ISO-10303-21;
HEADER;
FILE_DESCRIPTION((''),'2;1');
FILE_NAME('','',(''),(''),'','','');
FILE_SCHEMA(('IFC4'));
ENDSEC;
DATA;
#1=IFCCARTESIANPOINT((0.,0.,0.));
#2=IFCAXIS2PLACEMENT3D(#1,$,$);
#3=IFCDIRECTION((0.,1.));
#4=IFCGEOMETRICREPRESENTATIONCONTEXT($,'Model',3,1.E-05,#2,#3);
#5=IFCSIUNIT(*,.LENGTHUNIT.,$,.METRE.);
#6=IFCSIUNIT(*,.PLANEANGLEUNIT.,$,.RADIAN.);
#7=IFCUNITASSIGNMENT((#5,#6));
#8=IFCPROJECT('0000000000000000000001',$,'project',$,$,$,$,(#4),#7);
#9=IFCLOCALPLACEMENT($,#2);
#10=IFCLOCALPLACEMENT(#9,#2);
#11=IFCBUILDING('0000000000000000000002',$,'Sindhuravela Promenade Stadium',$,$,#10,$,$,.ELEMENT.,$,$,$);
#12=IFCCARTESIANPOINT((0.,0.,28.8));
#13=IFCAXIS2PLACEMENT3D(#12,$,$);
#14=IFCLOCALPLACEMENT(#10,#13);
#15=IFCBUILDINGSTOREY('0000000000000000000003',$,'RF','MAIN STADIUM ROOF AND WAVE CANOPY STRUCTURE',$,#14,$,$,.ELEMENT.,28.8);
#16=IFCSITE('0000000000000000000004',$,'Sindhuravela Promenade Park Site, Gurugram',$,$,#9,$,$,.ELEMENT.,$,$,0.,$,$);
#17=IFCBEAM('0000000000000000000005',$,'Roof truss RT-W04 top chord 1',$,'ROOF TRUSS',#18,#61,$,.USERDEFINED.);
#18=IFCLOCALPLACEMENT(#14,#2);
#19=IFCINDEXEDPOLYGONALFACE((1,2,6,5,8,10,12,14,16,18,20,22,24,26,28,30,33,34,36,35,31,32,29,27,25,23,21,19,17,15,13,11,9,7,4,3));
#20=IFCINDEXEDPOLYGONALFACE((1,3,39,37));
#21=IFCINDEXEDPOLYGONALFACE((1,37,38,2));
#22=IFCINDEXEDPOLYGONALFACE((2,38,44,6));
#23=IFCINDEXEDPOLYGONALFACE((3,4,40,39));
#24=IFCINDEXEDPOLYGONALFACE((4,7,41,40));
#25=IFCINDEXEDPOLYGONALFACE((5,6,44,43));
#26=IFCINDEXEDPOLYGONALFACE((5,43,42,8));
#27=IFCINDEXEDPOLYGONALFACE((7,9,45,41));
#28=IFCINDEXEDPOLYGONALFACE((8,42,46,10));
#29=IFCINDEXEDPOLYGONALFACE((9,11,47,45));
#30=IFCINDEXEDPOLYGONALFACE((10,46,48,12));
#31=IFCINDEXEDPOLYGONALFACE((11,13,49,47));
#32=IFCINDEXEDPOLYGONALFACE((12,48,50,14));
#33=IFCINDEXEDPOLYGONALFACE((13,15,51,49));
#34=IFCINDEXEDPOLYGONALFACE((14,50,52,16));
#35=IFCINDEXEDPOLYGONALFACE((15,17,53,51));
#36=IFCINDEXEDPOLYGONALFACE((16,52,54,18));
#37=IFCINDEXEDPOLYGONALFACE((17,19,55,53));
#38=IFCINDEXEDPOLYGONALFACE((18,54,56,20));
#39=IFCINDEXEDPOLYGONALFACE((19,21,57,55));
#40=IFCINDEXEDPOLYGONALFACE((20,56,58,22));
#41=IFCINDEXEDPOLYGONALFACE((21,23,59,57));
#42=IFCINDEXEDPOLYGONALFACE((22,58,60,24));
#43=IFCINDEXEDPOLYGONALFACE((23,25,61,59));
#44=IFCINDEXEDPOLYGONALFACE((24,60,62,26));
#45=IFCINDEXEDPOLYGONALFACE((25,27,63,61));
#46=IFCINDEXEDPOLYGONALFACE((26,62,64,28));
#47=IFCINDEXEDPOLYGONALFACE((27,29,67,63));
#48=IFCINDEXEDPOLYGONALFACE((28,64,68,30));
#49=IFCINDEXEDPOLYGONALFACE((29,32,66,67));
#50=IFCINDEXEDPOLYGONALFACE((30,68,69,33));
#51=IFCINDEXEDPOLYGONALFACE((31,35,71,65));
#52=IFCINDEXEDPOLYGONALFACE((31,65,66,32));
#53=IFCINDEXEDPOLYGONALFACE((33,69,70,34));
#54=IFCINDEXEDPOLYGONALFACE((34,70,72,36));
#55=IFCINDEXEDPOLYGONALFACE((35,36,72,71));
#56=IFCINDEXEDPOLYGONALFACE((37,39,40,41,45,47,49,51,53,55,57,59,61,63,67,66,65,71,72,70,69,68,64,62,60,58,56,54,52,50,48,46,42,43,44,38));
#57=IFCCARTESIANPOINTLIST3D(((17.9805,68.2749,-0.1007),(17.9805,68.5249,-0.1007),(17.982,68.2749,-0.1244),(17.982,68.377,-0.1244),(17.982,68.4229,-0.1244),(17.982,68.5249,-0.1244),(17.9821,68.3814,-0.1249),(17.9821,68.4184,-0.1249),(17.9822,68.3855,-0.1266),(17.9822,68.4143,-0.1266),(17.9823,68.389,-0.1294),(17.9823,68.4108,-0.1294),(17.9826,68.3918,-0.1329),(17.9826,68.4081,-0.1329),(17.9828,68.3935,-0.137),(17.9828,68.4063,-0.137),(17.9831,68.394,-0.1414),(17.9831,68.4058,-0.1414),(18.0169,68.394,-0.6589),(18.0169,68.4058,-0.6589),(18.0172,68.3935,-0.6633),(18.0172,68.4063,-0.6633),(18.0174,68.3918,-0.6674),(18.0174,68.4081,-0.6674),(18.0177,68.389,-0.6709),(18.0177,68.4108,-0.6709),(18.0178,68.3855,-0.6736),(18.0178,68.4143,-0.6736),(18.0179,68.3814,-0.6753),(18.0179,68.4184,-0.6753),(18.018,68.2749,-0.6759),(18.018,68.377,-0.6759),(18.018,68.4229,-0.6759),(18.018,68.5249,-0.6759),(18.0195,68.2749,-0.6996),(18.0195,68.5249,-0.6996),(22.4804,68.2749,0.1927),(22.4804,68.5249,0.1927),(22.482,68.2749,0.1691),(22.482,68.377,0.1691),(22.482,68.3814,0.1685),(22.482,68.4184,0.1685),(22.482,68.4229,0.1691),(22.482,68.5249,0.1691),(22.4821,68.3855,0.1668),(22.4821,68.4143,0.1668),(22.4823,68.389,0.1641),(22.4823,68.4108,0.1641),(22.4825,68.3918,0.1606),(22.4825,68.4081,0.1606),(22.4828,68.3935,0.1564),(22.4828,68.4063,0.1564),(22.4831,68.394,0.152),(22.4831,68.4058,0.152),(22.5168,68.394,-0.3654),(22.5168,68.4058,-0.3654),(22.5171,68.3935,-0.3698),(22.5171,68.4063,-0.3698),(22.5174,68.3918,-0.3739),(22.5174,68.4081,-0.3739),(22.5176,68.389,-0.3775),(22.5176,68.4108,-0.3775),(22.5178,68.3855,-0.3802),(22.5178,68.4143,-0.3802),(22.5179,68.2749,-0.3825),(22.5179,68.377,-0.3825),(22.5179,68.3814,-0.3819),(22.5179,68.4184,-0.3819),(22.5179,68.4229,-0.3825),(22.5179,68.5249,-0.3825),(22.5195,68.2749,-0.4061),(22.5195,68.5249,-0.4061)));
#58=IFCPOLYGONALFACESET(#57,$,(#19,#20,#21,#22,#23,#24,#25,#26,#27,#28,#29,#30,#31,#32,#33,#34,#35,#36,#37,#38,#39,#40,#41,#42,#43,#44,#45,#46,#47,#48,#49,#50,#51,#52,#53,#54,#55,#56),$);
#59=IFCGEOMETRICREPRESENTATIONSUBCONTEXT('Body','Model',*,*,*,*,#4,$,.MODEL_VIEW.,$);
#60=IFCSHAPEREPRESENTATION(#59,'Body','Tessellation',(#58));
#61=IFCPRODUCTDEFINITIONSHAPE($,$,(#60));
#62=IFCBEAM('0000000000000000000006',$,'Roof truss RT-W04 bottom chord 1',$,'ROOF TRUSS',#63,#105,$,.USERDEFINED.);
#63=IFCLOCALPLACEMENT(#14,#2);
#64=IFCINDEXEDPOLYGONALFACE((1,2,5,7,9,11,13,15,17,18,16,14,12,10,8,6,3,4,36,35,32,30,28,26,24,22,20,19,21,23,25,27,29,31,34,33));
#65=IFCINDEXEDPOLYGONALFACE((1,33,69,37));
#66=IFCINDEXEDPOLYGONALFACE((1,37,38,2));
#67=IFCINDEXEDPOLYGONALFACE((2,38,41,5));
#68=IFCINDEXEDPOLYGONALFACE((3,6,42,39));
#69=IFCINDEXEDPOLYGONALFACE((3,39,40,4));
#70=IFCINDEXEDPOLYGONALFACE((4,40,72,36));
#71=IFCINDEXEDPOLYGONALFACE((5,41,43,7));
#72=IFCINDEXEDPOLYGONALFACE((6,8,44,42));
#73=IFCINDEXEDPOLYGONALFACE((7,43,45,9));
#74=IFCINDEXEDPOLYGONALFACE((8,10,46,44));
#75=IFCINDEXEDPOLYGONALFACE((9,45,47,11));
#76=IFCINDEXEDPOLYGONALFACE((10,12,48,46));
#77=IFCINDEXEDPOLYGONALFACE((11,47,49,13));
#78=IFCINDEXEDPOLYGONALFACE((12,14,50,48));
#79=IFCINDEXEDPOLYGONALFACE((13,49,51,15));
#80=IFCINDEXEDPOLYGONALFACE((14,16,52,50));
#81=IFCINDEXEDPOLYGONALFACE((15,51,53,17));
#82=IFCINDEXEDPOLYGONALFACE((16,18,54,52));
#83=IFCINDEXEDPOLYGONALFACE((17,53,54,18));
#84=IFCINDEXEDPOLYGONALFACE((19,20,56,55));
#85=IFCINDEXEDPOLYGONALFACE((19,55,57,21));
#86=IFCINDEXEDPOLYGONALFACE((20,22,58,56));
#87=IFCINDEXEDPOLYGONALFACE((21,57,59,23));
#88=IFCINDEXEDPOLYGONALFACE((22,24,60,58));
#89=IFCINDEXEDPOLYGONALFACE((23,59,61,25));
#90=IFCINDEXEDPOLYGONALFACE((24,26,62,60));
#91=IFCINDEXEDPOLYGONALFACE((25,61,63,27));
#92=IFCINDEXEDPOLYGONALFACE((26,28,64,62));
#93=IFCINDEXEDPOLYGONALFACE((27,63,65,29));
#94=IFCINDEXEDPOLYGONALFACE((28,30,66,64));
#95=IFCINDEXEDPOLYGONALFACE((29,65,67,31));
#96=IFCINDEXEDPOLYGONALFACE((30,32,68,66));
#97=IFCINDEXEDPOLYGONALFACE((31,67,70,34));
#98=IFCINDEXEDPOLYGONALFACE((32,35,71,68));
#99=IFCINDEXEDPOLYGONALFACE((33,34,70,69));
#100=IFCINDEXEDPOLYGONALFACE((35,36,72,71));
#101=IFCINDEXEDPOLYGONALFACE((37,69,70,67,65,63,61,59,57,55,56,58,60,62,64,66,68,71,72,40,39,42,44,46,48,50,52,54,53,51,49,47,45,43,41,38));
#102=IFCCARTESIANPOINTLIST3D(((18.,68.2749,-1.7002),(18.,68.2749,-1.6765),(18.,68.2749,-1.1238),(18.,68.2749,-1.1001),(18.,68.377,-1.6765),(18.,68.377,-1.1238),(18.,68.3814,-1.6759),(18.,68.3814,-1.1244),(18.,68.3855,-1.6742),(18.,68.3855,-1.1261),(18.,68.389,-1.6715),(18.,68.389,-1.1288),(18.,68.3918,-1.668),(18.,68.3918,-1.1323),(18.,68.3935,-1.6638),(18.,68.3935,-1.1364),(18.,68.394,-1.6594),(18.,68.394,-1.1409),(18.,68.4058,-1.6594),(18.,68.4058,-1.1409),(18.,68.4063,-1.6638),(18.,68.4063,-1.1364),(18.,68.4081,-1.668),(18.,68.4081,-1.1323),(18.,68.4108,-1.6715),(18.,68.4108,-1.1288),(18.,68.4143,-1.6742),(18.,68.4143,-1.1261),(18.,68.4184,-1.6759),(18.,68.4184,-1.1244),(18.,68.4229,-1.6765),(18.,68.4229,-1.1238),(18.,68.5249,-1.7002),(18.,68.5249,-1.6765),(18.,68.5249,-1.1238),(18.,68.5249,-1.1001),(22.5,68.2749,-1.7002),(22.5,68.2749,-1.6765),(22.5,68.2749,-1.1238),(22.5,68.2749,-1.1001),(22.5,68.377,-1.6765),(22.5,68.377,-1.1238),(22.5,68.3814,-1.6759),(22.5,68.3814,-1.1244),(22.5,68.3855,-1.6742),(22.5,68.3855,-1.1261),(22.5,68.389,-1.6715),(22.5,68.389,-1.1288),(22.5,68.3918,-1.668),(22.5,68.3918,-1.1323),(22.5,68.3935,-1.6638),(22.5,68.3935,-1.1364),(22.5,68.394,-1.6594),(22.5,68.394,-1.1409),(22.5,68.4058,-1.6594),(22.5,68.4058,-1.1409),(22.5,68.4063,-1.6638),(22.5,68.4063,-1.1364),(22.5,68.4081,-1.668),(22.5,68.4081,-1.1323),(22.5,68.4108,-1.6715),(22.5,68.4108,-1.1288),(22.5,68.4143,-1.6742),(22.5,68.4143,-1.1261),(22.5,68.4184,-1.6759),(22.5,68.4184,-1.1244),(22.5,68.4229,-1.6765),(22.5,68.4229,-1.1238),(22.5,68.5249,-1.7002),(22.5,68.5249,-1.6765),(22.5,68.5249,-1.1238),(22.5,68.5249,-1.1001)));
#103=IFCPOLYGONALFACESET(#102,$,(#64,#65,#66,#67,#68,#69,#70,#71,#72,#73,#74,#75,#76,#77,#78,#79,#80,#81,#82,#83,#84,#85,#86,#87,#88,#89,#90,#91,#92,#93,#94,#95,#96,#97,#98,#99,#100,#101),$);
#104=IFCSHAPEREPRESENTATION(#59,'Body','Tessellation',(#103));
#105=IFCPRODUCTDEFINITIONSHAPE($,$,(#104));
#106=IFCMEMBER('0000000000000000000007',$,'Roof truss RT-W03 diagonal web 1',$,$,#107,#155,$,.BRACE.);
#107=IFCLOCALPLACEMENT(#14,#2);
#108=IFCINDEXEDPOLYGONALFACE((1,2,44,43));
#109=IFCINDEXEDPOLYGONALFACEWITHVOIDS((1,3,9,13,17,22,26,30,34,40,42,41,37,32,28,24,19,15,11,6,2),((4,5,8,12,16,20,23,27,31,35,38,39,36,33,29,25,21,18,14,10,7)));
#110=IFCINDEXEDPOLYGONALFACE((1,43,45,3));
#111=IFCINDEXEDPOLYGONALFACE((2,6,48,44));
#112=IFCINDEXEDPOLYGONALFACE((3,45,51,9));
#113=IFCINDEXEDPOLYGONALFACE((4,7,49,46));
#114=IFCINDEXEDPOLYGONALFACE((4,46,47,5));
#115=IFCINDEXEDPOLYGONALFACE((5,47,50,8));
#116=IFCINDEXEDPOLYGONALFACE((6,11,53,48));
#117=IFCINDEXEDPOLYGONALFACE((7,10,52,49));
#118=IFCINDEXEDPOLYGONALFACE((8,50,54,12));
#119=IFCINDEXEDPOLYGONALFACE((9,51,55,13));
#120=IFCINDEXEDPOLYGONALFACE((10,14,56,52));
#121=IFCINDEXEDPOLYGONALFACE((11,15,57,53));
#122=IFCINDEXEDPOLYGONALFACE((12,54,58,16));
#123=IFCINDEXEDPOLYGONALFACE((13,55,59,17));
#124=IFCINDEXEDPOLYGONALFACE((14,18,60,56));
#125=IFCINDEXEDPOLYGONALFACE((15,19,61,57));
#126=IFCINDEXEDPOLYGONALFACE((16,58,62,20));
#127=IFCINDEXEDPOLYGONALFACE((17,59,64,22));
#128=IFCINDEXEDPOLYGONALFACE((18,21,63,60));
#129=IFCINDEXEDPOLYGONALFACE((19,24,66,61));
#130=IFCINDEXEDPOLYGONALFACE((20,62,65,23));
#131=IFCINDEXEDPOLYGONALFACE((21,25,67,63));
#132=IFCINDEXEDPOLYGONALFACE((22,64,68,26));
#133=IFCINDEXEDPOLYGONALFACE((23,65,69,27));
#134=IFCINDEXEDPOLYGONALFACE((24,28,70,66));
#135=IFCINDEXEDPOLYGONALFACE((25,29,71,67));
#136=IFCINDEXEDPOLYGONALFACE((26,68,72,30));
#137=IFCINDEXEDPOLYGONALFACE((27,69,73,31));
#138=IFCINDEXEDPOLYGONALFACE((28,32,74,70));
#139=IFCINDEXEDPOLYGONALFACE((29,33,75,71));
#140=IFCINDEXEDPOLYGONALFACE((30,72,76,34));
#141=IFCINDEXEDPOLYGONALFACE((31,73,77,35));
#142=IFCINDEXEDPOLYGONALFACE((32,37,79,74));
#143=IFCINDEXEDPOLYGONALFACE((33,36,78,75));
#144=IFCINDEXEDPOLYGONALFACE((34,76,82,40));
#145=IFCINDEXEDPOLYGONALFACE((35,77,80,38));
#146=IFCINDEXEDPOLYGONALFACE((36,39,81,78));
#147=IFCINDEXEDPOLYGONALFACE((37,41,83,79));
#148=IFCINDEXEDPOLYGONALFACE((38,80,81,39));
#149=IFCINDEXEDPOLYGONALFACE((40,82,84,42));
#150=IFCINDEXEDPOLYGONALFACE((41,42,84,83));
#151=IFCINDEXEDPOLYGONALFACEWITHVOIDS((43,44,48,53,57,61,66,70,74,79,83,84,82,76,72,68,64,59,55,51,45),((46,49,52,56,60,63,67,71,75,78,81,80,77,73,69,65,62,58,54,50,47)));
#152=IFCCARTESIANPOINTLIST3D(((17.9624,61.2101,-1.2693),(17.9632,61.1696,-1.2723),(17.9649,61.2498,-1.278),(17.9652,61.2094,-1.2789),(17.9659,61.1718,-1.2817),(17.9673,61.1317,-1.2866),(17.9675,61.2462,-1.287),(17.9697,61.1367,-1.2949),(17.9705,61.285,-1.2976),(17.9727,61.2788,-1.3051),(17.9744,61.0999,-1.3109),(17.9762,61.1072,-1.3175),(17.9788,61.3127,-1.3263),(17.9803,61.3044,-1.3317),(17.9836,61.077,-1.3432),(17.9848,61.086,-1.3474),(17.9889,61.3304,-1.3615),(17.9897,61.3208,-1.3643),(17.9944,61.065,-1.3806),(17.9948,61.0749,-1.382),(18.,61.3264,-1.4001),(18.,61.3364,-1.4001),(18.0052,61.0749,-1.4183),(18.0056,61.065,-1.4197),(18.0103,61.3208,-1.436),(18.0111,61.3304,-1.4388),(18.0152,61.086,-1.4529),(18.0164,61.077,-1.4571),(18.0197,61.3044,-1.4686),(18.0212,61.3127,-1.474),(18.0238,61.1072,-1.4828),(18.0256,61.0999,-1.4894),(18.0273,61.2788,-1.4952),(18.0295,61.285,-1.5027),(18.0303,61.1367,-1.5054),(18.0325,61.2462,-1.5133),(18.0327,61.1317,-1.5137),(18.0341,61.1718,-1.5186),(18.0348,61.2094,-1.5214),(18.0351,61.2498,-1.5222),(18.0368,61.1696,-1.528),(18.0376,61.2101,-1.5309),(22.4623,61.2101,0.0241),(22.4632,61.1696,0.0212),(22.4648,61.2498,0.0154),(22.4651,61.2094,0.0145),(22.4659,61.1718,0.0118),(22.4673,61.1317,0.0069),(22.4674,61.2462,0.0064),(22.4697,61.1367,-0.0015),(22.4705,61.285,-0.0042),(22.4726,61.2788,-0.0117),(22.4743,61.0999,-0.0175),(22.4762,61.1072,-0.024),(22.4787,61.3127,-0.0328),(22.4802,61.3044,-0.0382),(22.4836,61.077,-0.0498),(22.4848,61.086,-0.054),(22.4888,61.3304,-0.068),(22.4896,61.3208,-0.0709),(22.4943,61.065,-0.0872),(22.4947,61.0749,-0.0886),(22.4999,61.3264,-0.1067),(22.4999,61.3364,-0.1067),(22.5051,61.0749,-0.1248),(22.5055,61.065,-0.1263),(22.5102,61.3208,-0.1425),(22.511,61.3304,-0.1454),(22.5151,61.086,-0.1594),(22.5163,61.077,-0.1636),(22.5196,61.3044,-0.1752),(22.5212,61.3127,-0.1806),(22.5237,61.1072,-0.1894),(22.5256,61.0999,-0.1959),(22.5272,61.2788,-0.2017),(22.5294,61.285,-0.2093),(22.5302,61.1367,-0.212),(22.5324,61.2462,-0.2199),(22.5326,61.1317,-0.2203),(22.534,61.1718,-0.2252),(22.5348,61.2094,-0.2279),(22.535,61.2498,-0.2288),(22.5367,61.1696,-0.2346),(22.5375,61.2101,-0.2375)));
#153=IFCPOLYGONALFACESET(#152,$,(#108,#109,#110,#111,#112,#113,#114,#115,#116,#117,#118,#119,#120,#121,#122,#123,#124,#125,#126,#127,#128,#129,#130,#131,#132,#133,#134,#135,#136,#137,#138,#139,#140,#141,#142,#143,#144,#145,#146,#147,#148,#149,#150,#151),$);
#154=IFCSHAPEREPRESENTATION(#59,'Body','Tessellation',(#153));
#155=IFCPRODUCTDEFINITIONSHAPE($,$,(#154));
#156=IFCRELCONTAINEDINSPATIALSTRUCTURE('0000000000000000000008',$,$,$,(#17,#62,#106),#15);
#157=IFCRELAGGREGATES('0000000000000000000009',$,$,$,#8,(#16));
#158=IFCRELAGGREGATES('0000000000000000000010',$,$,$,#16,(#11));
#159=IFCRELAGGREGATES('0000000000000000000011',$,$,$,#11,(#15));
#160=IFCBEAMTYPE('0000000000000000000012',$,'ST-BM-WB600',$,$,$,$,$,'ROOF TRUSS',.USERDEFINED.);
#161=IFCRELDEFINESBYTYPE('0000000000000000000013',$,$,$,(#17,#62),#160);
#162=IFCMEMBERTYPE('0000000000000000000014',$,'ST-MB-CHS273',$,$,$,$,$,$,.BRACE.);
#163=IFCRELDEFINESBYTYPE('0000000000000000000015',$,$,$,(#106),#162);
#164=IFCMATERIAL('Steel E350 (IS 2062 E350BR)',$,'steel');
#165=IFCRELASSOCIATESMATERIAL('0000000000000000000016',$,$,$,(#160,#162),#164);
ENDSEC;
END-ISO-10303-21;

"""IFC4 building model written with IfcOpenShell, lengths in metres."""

from ifc_helpers import new_model, si_unit, direction, frame, origin, origin_2d, place, context, subcontext, project, spatial, hollow_circle, i_section, extrude, material, material_profile, profile_set, type_object, element, save


model = new_model("IFC4")

# Units and contexts
model_context = context("Model", 3, precision=1e-05, world=origin(), true_north=direction((0.0, 1.0)))
body_context = subcontext(model_context, "Body", "Model", "MODEL_VIEW")
ifc_project = project(units=[si_unit("LENGTHUNIT", "METRE"), si_unit("PLANEANGLEUNIT", "RADIAN")], contexts=[model_context])

# Site, building, storey
site_placement = place(None, origin())
site = spatial("IfcSite", under=ifc_project, at=site_placement, Name="Sindhuravela Promenade Park Site, Gurugram", CompositionType="ELEMENT", RefElevation=0.0)
building_placement = place(site_placement, origin())
building = spatial("IfcBuilding", under=site, at=building_placement, Name="Sindhuravela Promenade Stadium", CompositionType="ELEMENT")
storey_placement = place(building_placement, frame((0.0, 0.0, 28.8)))
storey = spatial("IfcBuildingStorey", under=building, at=storey_placement, Name="RF", Description="MAIN STADIUM ROOF AND WAVE CANOPY STRUCTURE", CompositionType="ELEMENT", Elevation=28.8)

# Beams
ifc_material_1 = material(Name="Steel E350 (IS 2062 E350BR)", Category="steel")
ifc_material_profile_1 = material_profile(ifc_material_1, i_section(OverallWidth=0.25, OverallDepth=0.6001, WebThickness=0.0117, FlangeThickness=0.0237, FilletRadius=0.0171, at=origin_2d()), Name="ISWB 600")
ifc_profile_set_1 = profile_set([ifc_material_profile_1], Name="Steel E350 (IS 2062 E350BR)")
beam_type_1 = type_object("IfcBeamType", Name="ST-BM-WB600", ElementType="ROOF TRUSS", PredefinedType="USERDEFINED", material=ifc_profile_set_1)
beam_1_placement = place(storey_placement, frame((18.0, 68.3999, -0.4001), z_axis=(0.99788, 0.0, 0.065074), x_axis=(0.0, 1.0, 0.0)))
element("IfcBeam", 1, at=beam_1_placement, inside=storey, type_object=beam_type_1, Name="Roof truss RT-W04 top chord 1", ObjectType="ROOF TRUSS", PredefinedType="USERDEFINED", context=body_context, shape_type="SweptSolid", body=[
    extrude(i_section(OverallWidth=0.25, OverallDepth=0.6001, WebThickness=0.0117, FlangeThickness=0.0237, FilletRadius=0.0171, at=origin_2d()), origin(), (0.0, 0.0, 1.0), 4.5095),
])
beam_2_placement = place(storey_placement, frame((18.0, 68.3999, -1.4001), z_axis=(1.0, 0.0, 0.0), x_axis=(0.0, 1.0, 0.0)))
element("IfcBeam", 2, at=beam_2_placement, inside=storey, type_object=beam_type_1, Name="Roof truss RT-W04 bottom chord 1", ObjectType="ROOF TRUSS", PredefinedType="USERDEFINED", context=body_context, shape_type="SweptSolid", body=[
    extrude(i_section(OverallWidth=0.25, OverallDepth=0.6001, WebThickness=0.0117, FlangeThickness=0.0237, FilletRadius=0.0171, at=origin_2d()), origin(), (0.0, 0.0, 1.0), 4.5),
])

# Member
ifc_material_profile_2 = material_profile(ifc_material_1, hollow_circle(Radius=0.1365, WallThickness=0.01, at=origin_2d()), Name="CHS 273.0x10")
ifc_profile_set_2 = profile_set([ifc_material_profile_2], Name="Steel E350 (IS 2062 E350BR)")
member_type_1 = type_object("IfcMemberType", Name="ST-MB-CHS273", PredefinedType="BRACE", material=ifc_profile_set_2)
for number, where, z_axis, x_axis, name in (
    (3, (18.0, 61.2, -1.4001), (0.961086, 0.0, 0.27625), (0.0, 1.0, 0.0), "Roof truss RT-W03 diagonal web 1"),
):
    element("IfcMember", number, at=place(storey_placement, frame(where, z_axis=z_axis, x_axis=x_axis)), inside=storey, type_object=member_type_1, Name=name, PredefinedType="BRACE", context=body_context, shape_type="SweptSolid", body=[
        extrude(hollow_circle(Radius=0.1365, WallThickness=0.01, at=origin_2d()), origin(), (0.0, 0.0, 1.0), 4.6821),
    ])

save(model, "model.ifc")
